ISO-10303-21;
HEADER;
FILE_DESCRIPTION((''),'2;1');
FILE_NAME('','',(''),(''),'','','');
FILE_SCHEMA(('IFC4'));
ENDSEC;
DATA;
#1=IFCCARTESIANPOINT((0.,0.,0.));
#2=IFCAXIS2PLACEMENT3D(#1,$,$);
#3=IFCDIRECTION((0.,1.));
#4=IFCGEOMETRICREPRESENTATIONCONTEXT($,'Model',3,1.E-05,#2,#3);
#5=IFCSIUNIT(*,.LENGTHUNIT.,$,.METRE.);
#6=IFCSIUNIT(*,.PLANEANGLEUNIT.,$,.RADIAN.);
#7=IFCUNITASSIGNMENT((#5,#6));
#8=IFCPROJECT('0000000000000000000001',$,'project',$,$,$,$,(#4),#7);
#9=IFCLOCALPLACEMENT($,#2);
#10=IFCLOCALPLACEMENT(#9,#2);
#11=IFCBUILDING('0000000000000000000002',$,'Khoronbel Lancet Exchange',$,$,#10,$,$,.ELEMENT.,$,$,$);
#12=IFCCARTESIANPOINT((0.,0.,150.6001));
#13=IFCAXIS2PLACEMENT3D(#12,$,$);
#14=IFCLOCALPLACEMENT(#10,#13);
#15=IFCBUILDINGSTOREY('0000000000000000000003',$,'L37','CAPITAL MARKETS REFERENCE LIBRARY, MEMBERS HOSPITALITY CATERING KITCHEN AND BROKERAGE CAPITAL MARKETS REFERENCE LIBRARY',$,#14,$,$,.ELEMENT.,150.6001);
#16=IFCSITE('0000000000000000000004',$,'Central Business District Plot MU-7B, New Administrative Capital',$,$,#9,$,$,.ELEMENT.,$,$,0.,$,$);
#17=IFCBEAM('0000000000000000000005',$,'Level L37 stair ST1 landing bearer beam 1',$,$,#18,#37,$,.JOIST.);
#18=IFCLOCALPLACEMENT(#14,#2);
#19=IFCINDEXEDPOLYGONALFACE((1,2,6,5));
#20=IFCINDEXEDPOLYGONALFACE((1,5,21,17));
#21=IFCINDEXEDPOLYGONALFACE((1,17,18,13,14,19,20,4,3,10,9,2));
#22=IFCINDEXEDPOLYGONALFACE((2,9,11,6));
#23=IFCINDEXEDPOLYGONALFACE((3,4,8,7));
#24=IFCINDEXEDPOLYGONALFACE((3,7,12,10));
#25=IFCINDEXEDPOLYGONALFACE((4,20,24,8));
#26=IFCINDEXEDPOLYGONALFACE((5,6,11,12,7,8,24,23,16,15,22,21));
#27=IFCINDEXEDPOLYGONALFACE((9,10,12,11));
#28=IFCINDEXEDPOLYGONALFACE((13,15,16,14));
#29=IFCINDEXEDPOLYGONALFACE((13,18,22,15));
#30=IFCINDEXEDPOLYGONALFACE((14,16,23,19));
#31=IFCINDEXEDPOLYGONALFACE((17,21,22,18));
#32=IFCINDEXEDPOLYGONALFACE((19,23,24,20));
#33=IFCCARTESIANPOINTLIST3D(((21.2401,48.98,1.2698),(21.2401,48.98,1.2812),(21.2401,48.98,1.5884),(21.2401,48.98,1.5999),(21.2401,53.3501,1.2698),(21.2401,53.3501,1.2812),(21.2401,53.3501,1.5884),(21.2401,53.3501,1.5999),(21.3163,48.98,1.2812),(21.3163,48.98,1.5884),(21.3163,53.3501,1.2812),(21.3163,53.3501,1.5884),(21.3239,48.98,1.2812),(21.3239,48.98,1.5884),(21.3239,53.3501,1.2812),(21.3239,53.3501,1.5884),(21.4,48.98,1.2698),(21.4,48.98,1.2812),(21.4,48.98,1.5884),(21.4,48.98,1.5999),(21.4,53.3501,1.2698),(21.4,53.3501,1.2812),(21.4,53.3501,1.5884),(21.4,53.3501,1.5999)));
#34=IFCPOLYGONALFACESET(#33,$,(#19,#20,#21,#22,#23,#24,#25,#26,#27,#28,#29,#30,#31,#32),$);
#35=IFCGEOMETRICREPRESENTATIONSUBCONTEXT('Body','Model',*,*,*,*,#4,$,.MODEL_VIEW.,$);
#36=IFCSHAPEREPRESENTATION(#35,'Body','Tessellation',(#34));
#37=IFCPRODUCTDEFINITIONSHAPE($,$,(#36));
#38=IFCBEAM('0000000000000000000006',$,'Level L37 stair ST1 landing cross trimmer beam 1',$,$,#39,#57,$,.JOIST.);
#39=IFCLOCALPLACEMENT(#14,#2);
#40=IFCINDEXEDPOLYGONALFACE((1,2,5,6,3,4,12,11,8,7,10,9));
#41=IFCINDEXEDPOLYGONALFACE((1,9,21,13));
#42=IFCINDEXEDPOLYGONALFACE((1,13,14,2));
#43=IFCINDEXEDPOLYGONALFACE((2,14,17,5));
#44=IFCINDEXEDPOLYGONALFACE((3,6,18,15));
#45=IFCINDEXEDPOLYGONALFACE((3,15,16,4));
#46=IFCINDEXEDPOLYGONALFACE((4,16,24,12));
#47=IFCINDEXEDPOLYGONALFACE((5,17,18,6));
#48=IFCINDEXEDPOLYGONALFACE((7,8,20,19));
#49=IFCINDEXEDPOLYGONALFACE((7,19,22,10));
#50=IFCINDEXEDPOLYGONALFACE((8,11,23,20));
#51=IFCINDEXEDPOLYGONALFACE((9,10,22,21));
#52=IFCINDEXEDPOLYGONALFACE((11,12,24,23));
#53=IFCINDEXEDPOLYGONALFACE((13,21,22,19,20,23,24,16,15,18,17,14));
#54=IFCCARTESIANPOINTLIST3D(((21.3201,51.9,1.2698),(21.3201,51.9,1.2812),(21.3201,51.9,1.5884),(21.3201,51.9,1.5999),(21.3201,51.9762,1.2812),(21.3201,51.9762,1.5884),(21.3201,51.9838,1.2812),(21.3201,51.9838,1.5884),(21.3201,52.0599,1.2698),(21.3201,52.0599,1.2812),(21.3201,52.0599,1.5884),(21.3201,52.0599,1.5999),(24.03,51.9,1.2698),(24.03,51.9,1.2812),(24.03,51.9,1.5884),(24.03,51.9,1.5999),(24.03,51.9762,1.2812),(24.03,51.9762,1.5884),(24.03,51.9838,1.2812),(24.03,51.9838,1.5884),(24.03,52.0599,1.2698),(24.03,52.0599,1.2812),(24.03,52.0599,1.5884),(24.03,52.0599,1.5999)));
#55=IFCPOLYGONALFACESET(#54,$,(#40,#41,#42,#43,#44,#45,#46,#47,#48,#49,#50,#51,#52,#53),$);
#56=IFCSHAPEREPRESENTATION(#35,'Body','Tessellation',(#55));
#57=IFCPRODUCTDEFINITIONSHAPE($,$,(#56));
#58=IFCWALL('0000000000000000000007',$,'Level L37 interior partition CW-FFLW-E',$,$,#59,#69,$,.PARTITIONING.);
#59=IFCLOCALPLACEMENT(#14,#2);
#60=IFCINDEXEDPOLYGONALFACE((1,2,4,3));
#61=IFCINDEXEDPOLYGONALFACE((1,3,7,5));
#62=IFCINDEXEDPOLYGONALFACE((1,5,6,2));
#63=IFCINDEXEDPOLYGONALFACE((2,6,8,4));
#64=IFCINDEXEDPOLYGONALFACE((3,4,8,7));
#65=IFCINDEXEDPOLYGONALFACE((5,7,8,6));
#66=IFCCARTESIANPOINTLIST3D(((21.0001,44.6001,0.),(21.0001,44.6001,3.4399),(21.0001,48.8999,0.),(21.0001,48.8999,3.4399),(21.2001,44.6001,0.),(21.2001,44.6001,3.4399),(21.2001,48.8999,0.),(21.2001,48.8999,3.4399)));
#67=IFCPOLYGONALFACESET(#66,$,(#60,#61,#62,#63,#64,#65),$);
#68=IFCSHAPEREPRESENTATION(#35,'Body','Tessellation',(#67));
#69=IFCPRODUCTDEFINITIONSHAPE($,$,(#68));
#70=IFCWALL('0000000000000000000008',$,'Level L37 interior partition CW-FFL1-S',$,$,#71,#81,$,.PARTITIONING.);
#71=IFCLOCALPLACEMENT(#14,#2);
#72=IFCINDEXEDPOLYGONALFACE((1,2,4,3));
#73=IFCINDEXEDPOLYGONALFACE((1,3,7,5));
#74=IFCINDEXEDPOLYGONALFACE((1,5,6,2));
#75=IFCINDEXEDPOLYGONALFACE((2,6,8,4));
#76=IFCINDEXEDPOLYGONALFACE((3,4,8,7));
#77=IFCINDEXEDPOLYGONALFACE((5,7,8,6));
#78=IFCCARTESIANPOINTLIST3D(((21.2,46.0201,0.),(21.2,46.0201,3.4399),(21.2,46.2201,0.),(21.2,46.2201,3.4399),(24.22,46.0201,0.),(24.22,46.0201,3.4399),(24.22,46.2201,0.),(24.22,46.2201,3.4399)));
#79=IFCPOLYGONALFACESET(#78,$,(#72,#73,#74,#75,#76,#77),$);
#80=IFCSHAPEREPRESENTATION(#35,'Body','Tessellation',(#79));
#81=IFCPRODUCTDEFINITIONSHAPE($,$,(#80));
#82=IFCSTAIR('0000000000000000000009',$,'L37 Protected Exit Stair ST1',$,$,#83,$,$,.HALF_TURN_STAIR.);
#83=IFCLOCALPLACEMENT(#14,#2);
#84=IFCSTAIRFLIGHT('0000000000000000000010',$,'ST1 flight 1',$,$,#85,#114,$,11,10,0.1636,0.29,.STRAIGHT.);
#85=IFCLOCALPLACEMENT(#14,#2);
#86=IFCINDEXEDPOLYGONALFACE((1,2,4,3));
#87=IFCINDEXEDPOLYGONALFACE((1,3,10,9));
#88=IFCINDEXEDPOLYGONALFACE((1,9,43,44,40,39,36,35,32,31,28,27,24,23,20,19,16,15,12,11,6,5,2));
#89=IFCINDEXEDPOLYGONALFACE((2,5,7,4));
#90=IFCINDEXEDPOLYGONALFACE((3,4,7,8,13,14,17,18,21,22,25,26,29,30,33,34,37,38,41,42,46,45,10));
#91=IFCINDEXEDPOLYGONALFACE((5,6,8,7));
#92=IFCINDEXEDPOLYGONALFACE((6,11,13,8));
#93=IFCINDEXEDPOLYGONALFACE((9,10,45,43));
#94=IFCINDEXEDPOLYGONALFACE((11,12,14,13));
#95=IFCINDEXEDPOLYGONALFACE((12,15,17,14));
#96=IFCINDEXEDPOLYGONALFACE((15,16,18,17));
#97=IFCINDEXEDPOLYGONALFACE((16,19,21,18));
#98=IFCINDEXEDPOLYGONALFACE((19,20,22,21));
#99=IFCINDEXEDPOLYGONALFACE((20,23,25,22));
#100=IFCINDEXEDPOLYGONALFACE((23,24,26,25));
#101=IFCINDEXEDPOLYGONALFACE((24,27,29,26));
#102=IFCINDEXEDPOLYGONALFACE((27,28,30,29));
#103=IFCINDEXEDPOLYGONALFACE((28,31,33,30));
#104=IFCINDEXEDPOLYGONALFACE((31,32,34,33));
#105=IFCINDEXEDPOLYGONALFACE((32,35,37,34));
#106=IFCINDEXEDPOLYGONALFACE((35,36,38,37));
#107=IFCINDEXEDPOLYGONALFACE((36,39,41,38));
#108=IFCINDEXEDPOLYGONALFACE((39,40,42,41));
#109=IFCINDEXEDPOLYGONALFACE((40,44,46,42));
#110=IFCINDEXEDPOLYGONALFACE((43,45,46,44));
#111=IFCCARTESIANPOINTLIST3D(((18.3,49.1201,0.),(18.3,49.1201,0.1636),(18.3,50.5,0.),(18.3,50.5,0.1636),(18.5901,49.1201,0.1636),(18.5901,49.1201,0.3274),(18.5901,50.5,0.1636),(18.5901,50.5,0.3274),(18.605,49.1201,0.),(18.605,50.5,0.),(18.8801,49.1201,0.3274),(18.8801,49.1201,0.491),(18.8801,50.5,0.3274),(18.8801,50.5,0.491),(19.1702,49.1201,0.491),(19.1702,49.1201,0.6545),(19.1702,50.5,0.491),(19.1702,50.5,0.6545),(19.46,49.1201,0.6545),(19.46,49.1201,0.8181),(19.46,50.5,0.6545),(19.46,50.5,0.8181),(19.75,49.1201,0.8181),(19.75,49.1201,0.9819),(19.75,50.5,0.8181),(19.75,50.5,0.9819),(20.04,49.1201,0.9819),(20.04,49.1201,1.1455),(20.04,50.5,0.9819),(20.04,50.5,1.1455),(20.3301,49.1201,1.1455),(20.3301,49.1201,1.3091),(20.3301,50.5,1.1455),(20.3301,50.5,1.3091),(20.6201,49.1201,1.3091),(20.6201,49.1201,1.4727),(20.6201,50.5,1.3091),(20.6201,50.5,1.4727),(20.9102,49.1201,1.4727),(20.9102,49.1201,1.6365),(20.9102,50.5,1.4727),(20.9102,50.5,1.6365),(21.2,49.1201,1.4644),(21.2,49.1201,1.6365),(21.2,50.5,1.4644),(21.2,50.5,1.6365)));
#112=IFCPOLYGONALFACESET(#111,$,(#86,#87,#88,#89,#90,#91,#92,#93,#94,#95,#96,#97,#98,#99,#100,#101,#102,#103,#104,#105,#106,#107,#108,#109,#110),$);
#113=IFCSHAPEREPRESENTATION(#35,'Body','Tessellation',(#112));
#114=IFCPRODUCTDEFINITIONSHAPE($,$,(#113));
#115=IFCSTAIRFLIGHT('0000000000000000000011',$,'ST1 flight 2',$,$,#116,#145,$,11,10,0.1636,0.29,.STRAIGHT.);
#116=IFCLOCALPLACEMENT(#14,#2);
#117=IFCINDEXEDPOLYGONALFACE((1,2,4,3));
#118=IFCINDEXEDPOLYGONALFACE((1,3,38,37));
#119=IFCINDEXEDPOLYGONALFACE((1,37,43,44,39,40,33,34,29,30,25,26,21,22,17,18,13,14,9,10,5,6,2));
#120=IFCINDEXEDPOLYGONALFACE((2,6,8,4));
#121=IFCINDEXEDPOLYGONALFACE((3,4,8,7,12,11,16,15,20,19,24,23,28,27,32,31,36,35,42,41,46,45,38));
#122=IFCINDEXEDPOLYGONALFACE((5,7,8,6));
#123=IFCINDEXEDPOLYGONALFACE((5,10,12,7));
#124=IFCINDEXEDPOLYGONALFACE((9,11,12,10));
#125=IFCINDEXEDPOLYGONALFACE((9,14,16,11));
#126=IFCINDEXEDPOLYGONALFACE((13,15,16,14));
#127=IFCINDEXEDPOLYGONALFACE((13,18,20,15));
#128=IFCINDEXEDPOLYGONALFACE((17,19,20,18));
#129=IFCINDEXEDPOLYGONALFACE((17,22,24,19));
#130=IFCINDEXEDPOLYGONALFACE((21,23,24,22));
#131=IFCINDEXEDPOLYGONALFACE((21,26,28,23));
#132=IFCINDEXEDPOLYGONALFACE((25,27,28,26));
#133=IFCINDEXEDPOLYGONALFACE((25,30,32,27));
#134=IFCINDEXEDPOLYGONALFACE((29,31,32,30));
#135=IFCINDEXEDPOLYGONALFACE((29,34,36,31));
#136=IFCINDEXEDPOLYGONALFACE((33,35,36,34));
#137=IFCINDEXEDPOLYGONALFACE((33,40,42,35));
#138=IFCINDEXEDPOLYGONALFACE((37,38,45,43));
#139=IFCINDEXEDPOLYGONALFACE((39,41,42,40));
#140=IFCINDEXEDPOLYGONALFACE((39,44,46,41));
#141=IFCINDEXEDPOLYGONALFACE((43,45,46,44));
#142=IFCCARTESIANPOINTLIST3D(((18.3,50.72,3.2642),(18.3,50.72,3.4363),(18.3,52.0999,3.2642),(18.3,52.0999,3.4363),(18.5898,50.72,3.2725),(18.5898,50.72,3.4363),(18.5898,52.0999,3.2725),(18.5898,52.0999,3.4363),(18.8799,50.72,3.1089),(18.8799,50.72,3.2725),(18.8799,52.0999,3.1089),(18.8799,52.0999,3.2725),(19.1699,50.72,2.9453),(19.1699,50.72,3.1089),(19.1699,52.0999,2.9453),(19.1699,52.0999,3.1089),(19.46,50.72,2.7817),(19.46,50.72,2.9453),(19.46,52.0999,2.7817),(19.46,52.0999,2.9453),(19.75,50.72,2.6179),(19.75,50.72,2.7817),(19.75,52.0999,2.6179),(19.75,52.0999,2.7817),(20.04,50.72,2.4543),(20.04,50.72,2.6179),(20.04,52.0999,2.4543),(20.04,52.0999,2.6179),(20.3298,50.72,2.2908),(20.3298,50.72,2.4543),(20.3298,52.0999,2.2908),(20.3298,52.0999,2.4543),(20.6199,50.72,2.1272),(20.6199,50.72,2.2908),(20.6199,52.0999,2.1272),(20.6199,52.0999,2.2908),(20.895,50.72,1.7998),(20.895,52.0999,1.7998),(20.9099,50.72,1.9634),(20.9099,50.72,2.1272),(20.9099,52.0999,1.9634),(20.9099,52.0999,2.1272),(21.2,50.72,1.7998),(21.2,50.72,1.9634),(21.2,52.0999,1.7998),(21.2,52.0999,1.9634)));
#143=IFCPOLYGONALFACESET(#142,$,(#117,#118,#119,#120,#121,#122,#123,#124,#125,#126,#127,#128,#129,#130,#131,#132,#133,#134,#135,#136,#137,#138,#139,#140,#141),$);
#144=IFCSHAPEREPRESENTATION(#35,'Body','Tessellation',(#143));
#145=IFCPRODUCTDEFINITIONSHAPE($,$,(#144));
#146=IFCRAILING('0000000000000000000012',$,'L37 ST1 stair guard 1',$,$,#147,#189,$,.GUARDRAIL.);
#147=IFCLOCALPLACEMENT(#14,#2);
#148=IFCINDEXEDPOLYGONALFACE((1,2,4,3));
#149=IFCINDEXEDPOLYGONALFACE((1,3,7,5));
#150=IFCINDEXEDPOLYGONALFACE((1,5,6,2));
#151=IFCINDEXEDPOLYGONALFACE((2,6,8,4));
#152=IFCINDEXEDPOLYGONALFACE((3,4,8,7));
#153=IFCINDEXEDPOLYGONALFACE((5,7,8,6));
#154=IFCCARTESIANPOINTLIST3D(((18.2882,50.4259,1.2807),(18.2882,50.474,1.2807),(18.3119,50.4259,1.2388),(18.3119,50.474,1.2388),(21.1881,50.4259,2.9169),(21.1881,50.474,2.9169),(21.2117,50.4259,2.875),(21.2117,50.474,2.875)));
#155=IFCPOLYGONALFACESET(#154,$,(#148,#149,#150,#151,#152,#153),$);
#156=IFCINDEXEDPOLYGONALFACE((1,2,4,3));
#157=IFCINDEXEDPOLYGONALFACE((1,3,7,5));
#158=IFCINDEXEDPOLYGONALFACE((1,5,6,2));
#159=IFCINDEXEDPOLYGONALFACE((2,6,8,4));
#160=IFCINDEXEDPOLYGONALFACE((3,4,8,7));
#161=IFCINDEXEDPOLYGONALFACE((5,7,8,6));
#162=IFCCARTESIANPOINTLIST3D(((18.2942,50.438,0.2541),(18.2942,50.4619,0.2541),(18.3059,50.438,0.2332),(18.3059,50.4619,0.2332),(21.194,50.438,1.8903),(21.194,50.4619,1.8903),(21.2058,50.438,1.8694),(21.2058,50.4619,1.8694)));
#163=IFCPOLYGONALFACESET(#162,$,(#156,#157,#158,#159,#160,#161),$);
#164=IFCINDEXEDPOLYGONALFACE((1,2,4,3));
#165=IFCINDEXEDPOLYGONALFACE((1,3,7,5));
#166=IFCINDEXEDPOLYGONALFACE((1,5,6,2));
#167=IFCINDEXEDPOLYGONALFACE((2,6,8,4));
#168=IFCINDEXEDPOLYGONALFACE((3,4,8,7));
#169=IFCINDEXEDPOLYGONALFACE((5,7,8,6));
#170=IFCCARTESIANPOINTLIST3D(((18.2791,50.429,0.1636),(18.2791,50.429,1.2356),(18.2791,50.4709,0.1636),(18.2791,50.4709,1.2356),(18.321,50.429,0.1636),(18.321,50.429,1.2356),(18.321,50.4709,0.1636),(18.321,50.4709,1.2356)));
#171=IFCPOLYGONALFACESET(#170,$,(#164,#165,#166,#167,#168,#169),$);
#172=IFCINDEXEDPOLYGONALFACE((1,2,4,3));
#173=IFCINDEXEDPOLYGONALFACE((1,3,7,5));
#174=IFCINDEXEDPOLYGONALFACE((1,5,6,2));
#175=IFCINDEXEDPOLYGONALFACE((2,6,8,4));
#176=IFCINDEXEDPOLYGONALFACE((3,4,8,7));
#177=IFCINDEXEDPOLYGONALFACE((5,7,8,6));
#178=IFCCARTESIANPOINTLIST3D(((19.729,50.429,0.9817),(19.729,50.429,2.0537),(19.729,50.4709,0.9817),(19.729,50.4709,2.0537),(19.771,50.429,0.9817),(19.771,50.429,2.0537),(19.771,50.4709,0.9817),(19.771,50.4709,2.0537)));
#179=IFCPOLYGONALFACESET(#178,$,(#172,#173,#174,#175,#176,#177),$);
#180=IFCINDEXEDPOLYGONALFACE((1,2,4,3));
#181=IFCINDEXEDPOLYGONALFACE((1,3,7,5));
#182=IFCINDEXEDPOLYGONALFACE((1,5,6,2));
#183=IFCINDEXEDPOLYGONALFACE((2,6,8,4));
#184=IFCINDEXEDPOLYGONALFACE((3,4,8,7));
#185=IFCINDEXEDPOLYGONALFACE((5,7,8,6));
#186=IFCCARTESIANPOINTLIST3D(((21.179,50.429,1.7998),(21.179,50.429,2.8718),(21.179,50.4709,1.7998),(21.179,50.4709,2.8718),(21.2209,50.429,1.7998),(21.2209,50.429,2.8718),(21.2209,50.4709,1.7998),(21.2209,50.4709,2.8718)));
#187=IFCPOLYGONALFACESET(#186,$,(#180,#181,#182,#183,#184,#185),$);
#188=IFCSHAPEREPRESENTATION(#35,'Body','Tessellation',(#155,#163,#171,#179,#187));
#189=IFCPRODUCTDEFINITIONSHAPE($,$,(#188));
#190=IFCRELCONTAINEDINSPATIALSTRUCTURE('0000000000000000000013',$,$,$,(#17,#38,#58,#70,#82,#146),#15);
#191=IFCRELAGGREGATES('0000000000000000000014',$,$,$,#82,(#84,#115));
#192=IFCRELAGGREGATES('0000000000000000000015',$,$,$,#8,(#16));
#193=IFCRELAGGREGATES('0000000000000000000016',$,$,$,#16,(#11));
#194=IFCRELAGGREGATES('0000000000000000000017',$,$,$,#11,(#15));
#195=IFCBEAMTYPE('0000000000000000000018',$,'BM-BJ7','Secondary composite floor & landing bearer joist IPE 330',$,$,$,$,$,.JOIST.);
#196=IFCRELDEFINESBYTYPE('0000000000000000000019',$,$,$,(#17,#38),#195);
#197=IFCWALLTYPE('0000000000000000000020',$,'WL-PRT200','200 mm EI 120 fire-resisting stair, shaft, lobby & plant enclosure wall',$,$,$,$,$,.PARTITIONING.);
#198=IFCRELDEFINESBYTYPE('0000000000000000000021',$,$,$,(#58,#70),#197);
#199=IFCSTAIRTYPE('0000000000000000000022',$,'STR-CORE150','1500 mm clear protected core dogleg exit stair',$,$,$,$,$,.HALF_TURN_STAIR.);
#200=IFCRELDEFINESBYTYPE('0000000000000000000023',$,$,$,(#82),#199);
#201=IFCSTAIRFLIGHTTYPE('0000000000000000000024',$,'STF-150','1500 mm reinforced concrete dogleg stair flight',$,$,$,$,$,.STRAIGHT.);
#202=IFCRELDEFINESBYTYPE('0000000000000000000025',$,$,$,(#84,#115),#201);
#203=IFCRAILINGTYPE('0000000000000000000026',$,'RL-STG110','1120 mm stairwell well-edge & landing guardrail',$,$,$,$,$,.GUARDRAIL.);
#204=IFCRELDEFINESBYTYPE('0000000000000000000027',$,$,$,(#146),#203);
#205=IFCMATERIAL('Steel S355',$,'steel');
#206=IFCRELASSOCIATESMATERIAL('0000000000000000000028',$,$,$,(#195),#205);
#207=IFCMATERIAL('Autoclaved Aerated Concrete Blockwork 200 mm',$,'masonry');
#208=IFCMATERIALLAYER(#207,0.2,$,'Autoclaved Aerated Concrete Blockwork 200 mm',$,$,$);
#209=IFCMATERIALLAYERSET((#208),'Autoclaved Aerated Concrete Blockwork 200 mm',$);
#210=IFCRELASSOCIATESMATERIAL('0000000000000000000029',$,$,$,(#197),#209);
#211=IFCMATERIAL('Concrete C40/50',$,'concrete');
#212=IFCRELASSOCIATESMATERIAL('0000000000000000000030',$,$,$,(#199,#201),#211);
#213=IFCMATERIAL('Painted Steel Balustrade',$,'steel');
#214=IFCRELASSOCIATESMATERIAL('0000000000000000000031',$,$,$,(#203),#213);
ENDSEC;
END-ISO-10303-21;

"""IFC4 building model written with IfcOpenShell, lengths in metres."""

from ifc_helpers import new_model, si_unit, direction, frame, frame_2d, origin, origin_2d, place, context, subcontext, project, spatial, polyline, rectangle, i_section, outline, extrude, material, layer, layer_set, material_profile, profile_set, type_object, element, aggregate, save


model = new_model("IFC4")

# Units and contexts
model_context = context("Model", 3, precision=1e-05, world=origin(), true_north=direction((0.0, 1.0)))
body_context = subcontext(model_context, "Body", "Model", "MODEL_VIEW")
ifc_project = project(units=[si_unit("LENGTHUNIT", "METRE"), si_unit("PLANEANGLEUNIT", "RADIAN")], contexts=[model_context])

# Site, building, storey
site_placement = place(None, origin())
site = spatial("IfcSite", under=ifc_project, at=site_placement, Name="Central Business District Plot MU-7B, New Administrative Capital", CompositionType="ELEMENT", RefElevation=0.0)
building_placement = place(site_placement, origin())
building = spatial("IfcBuilding", under=site, at=building_placement, Name="Khoronbel Lancet Exchange", CompositionType="ELEMENT")
storey_placement = place(building_placement, frame((0.0, 0.0, 150.6001)))
storey = spatial("IfcBuildingStorey", under=building, at=storey_placement, Name="L37", Description="CAPITAL MARKETS REFERENCE LIBRARY, MEMBERS HOSPITALITY CATERING KITCHEN AND BROKERAGE CAPITAL MARKETS REFERENCE LIBRARY", CompositionType="ELEMENT", Elevation=150.6001)

# Beams
ifc_material_1 = material(Name="Steel S355", Category="steel")
ifc_material_profile = material_profile(ifc_material_1, i_section(OverallWidth=0.1599, OverallDepth=0.3301, WebThickness=0.0076, FlangeThickness=0.0115, at=origin_2d()), Name="IPE 330")
ifc_profile_set = profile_set([ifc_material_profile], Name="Steel S355")
beam_type = type_object("IfcBeamType", Name="BM-BJ7", Description="Secondary composite floor & landing bearer joist IPE 330", PredefinedType="JOIST", material=ifc_profile_set)
beam_1_placement = place(storey_placement, frame((21.3201, 48.98, 1.4348), z_axis=(0.0, 1.0, 0.0), x_axis=(-1.0, 0.0, 0.0)))
element("IfcBeam", 1, at=beam_1_placement, inside=storey, type_object=beam_type, Name="Level L37 stair ST1 landing bearer beam 1", PredefinedType="JOIST", context=body_context, shape_type="SweptSolid", body=[
    extrude(i_section(OverallWidth=0.1599, OverallDepth=0.3301, WebThickness=0.0076, FlangeThickness=0.0115, at=origin_2d()), origin(), (0.0, 0.0, 1.0), 4.3701),
])
beam_2_placement = place(storey_placement, frame((21.3201, 51.98, 1.4348), z_axis=(1.0, 0.0, 0.0), x_axis=(0.0, 1.0, 0.0)))
element("IfcBeam", 2, at=beam_2_placement, inside=storey, type_object=beam_type, Name="Level L37 stair ST1 landing cross trimmer beam 1", PredefinedType="JOIST", context=body_context, shape_type="SweptSolid", body=[
    extrude(i_section(OverallWidth=0.1599, OverallDepth=0.3301, WebThickness=0.0076, FlangeThickness=0.0115, at=origin_2d()), origin(), (0.0, 0.0, 1.0), 2.71),
])

# Walls
ifc_material_2 = material(Name="Autoclaved Aerated Concrete Blockwork 200 mm", Category="masonry")
ifc_layer = layer(ifc_material_2, 0.2, Name="Autoclaved Aerated Concrete Blockwork 200 mm")
ifc_layer_set = layer_set([ifc_layer], Name="Autoclaved Aerated Concrete Blockwork 200 mm")
wall_type = type_object("IfcWallType", Name="WL-PRT200", Description="200 mm EI 120 fire-resisting stair, shaft, lobby & plant enclosure wall", PredefinedType="PARTITIONING", material=ifc_layer_set)
wall_1_placement = place(storey_placement, frame((21.1001, 44.6001, 0.0), z_axis=(0.0, 0.0, 1.0), x_axis=(0.0, 1.0, 0.0)))
element("IfcWall", 3, at=wall_1_placement, inside=storey, type_object=wall_type, Name="Level L37 interior partition CW-FFLW-E", PredefinedType="PARTITIONING", context=body_context, shape_type="SweptSolid", body=[
    extrude(rectangle(XDim=4.2998, YDim=0.2, at=frame_2d((2.1499, 0.0))), origin(), (0.0, 0.0, 1.0), 3.4399),
])
wall_2_placement = place(storey_placement, frame((21.2, 46.1201, 0.0), z_axis=(0.0, 0.0, 1.0), x_axis=(1.0, 0.0, 0.0)))
element("IfcWall", 4, at=wall_2_placement, inside=storey, type_object=wall_type, Name="Level L37 interior partition CW-FFL1-S", PredefinedType="PARTITIONING", context=body_context, shape_type="SweptSolid", body=[
    extrude(rectangle(XDim=3.02, YDim=0.2, at=frame_2d((1.51, 0.0))), origin(), (0.0, 0.0, 1.0), 3.4399),
])

# Stair, stair flights
ifc_material_3 = material(Name="Concrete C40/50", Category="concrete")
stair_type = type_object("IfcStairType", Name="STR-CORE150", Description="1500 mm clear protected core dogleg exit stair", PredefinedType="HALF_TURN_STAIR", material=ifc_material_3)
stair_placement = place(storey_placement, origin())
stair = element("IfcStair", 5, at=stair_placement, inside=storey, type_object=stair_type, Name="L37 Protected Exit Stair ST1", PredefinedType="HALF_TURN_STAIR")
stair_flight_type = type_object("IfcStairFlightType", Name="STF-150", Description="1500 mm reinforced concrete dogleg stair flight", PredefinedType="STRAIGHT", material=ifc_material_3)
stair_flight_1_placement = place(storey_placement, frame((18.3, 49.8101, 0.0), z_axis=(0.0, 0.0, 1.0), x_axis=(1.0, 0.0, 0.0)))
stair_flight_1 = element("IfcStairFlight", 6, at=stair_flight_1_placement, type_object=stair_flight_type, Name="ST1 flight 1", NumberOfRisers=11, NumberOfTreads=10, PredefinedType="STRAIGHT", RiserHeight=0.1636, TreadLength=0.29, context=body_context, shape_type="SweptSolid", body=[
    extrude(outline(polyline([(0.0, 0.0), (0.0, 0.1636), (0.29, 0.1636), (0.29, 0.3274), (0.5801, 0.3274), (0.5801, 0.491), (0.8701, 0.491), (0.8701, 0.6545), (1.1599, 0.6545), (1.1599, 0.8181), (1.45, 0.8181), (1.45, 0.9819), (1.74, 0.9819), (1.74, 1.1455), (2.03, 1.1455), (2.03, 1.3091), (2.3201, 1.3091), (2.3201, 1.4727), (2.6101, 1.4727), (2.6101, 1.6365), (2.8999, 1.6365), (2.8999, 1.8), (2.8999, 1.4644), (0.3049, 0.0), (0.0, 0.0)])), frame((0.0, 0.6899, 0.0), z_axis=(0.0, -1.0, 0.0), x_axis=(1.0, 0.0, 0.0)), (0.0, 0.0, 1.0), 1.3799),
])
stair_flight_2_placement = place(storey_placement, frame((21.2, 51.4099, 1.7998), z_axis=(0.0, 0.0, 1.0), x_axis=(-1.0, 0.0, 0.0)))
stair_flight_2 = element("IfcStairFlight", 7, at=stair_flight_2_placement, type_object=stair_flight_type, Name="ST1 flight 2", NumberOfRisers=11, NumberOfTreads=10, PredefinedType="STRAIGHT", RiserHeight=0.1636, TreadLength=0.29, context=body_context, shape_type="SweptSolid", body=[
    extrude(outline(polyline([(0.0, 0.0), (0.0, 0.1636), (0.29, 0.1636), (0.29, 0.3274), (0.5801, 0.3274), (0.5801, 0.491), (0.8701, 0.491), (0.8701, 0.6545), (1.1599, 0.6545), (1.1599, 0.8181), (1.45, 0.8181), (1.45, 0.9819), (1.74, 0.9819), (1.74, 1.1455), (2.03, 1.1455), (2.03, 1.3091), (2.3201, 1.3091), (2.3201, 1.4727), (2.6101, 1.4727), (2.6101, 1.6365), (2.8999, 1.6365), (2.8999, 1.8), (2.8999, 1.4644), (0.3049, 0.0), (0.0, 0.0)])), frame((0.0, 0.6899, 0.0), z_axis=(0.0, -1.0, 0.0), x_axis=(1.0, 0.0, 0.0)), (0.0, 0.0, 1.0), 1.3799),
])
aggregate(stair, [stair_flight_1, stair_flight_2])

# Railing
ifc_material_4 = material(Name="Painted Steel Balustrade", Category="steel")
railing_type_1 = type_object("IfcRailingType", Name="RL-STG110", Description="1120 mm stairwell well-edge & landing guardrail", PredefinedType="GUARDRAIL", material=ifc_material_4)
railing_1_placement = place(storey_placement, frame((18.3, 50.45, 0.1636)))
element("IfcRailing", 8, at=railing_1_placement, inside=storey, type_object=railing_type_1, Name="L37 ST1 stair guard 1", PredefinedType="GUARDRAIL", context=body_context, shape_type="SweptSolid", body=[
    extrude(rectangle(XDim=0.0481, YDim=0.0481, at=origin_2d()), frame((0.0, 0.0, 1.0962), z_axis=(0.870929, 0.0, 0.49141), x_axis=(0.0, 1.0, 0.0)), (0.0, 0.0, 1.0), 3.3296),
    extrude(rectangle(XDim=0.0239, YDim=0.0239, at=origin_2d()), frame((0.0, 0.0, 0.0801), z_axis=(0.870929, 0.0, 0.49141), x_axis=(0.0, 1.0, 0.0)), (0.0, 0.0, 1.0), 3.3296),
    extrude(rectangle(XDim=0.042, YDim=0.042, at=origin_2d()), origin(), (0.0, 0.0, 1.0), 1.072),
    extrude(rectangle(XDim=0.042, YDim=0.042, at=origin_2d()), frame((1.45, 0.0, 0.8181)), (0.0, 0.0, 1.0), 1.072),
    extrude(rectangle(XDim=0.042, YDim=0.042, at=origin_2d()), frame((2.8999, 0.0, 1.6362)), (0.0, 0.0, 1.0), 1.072),
])

save(model, "model.ifc")
